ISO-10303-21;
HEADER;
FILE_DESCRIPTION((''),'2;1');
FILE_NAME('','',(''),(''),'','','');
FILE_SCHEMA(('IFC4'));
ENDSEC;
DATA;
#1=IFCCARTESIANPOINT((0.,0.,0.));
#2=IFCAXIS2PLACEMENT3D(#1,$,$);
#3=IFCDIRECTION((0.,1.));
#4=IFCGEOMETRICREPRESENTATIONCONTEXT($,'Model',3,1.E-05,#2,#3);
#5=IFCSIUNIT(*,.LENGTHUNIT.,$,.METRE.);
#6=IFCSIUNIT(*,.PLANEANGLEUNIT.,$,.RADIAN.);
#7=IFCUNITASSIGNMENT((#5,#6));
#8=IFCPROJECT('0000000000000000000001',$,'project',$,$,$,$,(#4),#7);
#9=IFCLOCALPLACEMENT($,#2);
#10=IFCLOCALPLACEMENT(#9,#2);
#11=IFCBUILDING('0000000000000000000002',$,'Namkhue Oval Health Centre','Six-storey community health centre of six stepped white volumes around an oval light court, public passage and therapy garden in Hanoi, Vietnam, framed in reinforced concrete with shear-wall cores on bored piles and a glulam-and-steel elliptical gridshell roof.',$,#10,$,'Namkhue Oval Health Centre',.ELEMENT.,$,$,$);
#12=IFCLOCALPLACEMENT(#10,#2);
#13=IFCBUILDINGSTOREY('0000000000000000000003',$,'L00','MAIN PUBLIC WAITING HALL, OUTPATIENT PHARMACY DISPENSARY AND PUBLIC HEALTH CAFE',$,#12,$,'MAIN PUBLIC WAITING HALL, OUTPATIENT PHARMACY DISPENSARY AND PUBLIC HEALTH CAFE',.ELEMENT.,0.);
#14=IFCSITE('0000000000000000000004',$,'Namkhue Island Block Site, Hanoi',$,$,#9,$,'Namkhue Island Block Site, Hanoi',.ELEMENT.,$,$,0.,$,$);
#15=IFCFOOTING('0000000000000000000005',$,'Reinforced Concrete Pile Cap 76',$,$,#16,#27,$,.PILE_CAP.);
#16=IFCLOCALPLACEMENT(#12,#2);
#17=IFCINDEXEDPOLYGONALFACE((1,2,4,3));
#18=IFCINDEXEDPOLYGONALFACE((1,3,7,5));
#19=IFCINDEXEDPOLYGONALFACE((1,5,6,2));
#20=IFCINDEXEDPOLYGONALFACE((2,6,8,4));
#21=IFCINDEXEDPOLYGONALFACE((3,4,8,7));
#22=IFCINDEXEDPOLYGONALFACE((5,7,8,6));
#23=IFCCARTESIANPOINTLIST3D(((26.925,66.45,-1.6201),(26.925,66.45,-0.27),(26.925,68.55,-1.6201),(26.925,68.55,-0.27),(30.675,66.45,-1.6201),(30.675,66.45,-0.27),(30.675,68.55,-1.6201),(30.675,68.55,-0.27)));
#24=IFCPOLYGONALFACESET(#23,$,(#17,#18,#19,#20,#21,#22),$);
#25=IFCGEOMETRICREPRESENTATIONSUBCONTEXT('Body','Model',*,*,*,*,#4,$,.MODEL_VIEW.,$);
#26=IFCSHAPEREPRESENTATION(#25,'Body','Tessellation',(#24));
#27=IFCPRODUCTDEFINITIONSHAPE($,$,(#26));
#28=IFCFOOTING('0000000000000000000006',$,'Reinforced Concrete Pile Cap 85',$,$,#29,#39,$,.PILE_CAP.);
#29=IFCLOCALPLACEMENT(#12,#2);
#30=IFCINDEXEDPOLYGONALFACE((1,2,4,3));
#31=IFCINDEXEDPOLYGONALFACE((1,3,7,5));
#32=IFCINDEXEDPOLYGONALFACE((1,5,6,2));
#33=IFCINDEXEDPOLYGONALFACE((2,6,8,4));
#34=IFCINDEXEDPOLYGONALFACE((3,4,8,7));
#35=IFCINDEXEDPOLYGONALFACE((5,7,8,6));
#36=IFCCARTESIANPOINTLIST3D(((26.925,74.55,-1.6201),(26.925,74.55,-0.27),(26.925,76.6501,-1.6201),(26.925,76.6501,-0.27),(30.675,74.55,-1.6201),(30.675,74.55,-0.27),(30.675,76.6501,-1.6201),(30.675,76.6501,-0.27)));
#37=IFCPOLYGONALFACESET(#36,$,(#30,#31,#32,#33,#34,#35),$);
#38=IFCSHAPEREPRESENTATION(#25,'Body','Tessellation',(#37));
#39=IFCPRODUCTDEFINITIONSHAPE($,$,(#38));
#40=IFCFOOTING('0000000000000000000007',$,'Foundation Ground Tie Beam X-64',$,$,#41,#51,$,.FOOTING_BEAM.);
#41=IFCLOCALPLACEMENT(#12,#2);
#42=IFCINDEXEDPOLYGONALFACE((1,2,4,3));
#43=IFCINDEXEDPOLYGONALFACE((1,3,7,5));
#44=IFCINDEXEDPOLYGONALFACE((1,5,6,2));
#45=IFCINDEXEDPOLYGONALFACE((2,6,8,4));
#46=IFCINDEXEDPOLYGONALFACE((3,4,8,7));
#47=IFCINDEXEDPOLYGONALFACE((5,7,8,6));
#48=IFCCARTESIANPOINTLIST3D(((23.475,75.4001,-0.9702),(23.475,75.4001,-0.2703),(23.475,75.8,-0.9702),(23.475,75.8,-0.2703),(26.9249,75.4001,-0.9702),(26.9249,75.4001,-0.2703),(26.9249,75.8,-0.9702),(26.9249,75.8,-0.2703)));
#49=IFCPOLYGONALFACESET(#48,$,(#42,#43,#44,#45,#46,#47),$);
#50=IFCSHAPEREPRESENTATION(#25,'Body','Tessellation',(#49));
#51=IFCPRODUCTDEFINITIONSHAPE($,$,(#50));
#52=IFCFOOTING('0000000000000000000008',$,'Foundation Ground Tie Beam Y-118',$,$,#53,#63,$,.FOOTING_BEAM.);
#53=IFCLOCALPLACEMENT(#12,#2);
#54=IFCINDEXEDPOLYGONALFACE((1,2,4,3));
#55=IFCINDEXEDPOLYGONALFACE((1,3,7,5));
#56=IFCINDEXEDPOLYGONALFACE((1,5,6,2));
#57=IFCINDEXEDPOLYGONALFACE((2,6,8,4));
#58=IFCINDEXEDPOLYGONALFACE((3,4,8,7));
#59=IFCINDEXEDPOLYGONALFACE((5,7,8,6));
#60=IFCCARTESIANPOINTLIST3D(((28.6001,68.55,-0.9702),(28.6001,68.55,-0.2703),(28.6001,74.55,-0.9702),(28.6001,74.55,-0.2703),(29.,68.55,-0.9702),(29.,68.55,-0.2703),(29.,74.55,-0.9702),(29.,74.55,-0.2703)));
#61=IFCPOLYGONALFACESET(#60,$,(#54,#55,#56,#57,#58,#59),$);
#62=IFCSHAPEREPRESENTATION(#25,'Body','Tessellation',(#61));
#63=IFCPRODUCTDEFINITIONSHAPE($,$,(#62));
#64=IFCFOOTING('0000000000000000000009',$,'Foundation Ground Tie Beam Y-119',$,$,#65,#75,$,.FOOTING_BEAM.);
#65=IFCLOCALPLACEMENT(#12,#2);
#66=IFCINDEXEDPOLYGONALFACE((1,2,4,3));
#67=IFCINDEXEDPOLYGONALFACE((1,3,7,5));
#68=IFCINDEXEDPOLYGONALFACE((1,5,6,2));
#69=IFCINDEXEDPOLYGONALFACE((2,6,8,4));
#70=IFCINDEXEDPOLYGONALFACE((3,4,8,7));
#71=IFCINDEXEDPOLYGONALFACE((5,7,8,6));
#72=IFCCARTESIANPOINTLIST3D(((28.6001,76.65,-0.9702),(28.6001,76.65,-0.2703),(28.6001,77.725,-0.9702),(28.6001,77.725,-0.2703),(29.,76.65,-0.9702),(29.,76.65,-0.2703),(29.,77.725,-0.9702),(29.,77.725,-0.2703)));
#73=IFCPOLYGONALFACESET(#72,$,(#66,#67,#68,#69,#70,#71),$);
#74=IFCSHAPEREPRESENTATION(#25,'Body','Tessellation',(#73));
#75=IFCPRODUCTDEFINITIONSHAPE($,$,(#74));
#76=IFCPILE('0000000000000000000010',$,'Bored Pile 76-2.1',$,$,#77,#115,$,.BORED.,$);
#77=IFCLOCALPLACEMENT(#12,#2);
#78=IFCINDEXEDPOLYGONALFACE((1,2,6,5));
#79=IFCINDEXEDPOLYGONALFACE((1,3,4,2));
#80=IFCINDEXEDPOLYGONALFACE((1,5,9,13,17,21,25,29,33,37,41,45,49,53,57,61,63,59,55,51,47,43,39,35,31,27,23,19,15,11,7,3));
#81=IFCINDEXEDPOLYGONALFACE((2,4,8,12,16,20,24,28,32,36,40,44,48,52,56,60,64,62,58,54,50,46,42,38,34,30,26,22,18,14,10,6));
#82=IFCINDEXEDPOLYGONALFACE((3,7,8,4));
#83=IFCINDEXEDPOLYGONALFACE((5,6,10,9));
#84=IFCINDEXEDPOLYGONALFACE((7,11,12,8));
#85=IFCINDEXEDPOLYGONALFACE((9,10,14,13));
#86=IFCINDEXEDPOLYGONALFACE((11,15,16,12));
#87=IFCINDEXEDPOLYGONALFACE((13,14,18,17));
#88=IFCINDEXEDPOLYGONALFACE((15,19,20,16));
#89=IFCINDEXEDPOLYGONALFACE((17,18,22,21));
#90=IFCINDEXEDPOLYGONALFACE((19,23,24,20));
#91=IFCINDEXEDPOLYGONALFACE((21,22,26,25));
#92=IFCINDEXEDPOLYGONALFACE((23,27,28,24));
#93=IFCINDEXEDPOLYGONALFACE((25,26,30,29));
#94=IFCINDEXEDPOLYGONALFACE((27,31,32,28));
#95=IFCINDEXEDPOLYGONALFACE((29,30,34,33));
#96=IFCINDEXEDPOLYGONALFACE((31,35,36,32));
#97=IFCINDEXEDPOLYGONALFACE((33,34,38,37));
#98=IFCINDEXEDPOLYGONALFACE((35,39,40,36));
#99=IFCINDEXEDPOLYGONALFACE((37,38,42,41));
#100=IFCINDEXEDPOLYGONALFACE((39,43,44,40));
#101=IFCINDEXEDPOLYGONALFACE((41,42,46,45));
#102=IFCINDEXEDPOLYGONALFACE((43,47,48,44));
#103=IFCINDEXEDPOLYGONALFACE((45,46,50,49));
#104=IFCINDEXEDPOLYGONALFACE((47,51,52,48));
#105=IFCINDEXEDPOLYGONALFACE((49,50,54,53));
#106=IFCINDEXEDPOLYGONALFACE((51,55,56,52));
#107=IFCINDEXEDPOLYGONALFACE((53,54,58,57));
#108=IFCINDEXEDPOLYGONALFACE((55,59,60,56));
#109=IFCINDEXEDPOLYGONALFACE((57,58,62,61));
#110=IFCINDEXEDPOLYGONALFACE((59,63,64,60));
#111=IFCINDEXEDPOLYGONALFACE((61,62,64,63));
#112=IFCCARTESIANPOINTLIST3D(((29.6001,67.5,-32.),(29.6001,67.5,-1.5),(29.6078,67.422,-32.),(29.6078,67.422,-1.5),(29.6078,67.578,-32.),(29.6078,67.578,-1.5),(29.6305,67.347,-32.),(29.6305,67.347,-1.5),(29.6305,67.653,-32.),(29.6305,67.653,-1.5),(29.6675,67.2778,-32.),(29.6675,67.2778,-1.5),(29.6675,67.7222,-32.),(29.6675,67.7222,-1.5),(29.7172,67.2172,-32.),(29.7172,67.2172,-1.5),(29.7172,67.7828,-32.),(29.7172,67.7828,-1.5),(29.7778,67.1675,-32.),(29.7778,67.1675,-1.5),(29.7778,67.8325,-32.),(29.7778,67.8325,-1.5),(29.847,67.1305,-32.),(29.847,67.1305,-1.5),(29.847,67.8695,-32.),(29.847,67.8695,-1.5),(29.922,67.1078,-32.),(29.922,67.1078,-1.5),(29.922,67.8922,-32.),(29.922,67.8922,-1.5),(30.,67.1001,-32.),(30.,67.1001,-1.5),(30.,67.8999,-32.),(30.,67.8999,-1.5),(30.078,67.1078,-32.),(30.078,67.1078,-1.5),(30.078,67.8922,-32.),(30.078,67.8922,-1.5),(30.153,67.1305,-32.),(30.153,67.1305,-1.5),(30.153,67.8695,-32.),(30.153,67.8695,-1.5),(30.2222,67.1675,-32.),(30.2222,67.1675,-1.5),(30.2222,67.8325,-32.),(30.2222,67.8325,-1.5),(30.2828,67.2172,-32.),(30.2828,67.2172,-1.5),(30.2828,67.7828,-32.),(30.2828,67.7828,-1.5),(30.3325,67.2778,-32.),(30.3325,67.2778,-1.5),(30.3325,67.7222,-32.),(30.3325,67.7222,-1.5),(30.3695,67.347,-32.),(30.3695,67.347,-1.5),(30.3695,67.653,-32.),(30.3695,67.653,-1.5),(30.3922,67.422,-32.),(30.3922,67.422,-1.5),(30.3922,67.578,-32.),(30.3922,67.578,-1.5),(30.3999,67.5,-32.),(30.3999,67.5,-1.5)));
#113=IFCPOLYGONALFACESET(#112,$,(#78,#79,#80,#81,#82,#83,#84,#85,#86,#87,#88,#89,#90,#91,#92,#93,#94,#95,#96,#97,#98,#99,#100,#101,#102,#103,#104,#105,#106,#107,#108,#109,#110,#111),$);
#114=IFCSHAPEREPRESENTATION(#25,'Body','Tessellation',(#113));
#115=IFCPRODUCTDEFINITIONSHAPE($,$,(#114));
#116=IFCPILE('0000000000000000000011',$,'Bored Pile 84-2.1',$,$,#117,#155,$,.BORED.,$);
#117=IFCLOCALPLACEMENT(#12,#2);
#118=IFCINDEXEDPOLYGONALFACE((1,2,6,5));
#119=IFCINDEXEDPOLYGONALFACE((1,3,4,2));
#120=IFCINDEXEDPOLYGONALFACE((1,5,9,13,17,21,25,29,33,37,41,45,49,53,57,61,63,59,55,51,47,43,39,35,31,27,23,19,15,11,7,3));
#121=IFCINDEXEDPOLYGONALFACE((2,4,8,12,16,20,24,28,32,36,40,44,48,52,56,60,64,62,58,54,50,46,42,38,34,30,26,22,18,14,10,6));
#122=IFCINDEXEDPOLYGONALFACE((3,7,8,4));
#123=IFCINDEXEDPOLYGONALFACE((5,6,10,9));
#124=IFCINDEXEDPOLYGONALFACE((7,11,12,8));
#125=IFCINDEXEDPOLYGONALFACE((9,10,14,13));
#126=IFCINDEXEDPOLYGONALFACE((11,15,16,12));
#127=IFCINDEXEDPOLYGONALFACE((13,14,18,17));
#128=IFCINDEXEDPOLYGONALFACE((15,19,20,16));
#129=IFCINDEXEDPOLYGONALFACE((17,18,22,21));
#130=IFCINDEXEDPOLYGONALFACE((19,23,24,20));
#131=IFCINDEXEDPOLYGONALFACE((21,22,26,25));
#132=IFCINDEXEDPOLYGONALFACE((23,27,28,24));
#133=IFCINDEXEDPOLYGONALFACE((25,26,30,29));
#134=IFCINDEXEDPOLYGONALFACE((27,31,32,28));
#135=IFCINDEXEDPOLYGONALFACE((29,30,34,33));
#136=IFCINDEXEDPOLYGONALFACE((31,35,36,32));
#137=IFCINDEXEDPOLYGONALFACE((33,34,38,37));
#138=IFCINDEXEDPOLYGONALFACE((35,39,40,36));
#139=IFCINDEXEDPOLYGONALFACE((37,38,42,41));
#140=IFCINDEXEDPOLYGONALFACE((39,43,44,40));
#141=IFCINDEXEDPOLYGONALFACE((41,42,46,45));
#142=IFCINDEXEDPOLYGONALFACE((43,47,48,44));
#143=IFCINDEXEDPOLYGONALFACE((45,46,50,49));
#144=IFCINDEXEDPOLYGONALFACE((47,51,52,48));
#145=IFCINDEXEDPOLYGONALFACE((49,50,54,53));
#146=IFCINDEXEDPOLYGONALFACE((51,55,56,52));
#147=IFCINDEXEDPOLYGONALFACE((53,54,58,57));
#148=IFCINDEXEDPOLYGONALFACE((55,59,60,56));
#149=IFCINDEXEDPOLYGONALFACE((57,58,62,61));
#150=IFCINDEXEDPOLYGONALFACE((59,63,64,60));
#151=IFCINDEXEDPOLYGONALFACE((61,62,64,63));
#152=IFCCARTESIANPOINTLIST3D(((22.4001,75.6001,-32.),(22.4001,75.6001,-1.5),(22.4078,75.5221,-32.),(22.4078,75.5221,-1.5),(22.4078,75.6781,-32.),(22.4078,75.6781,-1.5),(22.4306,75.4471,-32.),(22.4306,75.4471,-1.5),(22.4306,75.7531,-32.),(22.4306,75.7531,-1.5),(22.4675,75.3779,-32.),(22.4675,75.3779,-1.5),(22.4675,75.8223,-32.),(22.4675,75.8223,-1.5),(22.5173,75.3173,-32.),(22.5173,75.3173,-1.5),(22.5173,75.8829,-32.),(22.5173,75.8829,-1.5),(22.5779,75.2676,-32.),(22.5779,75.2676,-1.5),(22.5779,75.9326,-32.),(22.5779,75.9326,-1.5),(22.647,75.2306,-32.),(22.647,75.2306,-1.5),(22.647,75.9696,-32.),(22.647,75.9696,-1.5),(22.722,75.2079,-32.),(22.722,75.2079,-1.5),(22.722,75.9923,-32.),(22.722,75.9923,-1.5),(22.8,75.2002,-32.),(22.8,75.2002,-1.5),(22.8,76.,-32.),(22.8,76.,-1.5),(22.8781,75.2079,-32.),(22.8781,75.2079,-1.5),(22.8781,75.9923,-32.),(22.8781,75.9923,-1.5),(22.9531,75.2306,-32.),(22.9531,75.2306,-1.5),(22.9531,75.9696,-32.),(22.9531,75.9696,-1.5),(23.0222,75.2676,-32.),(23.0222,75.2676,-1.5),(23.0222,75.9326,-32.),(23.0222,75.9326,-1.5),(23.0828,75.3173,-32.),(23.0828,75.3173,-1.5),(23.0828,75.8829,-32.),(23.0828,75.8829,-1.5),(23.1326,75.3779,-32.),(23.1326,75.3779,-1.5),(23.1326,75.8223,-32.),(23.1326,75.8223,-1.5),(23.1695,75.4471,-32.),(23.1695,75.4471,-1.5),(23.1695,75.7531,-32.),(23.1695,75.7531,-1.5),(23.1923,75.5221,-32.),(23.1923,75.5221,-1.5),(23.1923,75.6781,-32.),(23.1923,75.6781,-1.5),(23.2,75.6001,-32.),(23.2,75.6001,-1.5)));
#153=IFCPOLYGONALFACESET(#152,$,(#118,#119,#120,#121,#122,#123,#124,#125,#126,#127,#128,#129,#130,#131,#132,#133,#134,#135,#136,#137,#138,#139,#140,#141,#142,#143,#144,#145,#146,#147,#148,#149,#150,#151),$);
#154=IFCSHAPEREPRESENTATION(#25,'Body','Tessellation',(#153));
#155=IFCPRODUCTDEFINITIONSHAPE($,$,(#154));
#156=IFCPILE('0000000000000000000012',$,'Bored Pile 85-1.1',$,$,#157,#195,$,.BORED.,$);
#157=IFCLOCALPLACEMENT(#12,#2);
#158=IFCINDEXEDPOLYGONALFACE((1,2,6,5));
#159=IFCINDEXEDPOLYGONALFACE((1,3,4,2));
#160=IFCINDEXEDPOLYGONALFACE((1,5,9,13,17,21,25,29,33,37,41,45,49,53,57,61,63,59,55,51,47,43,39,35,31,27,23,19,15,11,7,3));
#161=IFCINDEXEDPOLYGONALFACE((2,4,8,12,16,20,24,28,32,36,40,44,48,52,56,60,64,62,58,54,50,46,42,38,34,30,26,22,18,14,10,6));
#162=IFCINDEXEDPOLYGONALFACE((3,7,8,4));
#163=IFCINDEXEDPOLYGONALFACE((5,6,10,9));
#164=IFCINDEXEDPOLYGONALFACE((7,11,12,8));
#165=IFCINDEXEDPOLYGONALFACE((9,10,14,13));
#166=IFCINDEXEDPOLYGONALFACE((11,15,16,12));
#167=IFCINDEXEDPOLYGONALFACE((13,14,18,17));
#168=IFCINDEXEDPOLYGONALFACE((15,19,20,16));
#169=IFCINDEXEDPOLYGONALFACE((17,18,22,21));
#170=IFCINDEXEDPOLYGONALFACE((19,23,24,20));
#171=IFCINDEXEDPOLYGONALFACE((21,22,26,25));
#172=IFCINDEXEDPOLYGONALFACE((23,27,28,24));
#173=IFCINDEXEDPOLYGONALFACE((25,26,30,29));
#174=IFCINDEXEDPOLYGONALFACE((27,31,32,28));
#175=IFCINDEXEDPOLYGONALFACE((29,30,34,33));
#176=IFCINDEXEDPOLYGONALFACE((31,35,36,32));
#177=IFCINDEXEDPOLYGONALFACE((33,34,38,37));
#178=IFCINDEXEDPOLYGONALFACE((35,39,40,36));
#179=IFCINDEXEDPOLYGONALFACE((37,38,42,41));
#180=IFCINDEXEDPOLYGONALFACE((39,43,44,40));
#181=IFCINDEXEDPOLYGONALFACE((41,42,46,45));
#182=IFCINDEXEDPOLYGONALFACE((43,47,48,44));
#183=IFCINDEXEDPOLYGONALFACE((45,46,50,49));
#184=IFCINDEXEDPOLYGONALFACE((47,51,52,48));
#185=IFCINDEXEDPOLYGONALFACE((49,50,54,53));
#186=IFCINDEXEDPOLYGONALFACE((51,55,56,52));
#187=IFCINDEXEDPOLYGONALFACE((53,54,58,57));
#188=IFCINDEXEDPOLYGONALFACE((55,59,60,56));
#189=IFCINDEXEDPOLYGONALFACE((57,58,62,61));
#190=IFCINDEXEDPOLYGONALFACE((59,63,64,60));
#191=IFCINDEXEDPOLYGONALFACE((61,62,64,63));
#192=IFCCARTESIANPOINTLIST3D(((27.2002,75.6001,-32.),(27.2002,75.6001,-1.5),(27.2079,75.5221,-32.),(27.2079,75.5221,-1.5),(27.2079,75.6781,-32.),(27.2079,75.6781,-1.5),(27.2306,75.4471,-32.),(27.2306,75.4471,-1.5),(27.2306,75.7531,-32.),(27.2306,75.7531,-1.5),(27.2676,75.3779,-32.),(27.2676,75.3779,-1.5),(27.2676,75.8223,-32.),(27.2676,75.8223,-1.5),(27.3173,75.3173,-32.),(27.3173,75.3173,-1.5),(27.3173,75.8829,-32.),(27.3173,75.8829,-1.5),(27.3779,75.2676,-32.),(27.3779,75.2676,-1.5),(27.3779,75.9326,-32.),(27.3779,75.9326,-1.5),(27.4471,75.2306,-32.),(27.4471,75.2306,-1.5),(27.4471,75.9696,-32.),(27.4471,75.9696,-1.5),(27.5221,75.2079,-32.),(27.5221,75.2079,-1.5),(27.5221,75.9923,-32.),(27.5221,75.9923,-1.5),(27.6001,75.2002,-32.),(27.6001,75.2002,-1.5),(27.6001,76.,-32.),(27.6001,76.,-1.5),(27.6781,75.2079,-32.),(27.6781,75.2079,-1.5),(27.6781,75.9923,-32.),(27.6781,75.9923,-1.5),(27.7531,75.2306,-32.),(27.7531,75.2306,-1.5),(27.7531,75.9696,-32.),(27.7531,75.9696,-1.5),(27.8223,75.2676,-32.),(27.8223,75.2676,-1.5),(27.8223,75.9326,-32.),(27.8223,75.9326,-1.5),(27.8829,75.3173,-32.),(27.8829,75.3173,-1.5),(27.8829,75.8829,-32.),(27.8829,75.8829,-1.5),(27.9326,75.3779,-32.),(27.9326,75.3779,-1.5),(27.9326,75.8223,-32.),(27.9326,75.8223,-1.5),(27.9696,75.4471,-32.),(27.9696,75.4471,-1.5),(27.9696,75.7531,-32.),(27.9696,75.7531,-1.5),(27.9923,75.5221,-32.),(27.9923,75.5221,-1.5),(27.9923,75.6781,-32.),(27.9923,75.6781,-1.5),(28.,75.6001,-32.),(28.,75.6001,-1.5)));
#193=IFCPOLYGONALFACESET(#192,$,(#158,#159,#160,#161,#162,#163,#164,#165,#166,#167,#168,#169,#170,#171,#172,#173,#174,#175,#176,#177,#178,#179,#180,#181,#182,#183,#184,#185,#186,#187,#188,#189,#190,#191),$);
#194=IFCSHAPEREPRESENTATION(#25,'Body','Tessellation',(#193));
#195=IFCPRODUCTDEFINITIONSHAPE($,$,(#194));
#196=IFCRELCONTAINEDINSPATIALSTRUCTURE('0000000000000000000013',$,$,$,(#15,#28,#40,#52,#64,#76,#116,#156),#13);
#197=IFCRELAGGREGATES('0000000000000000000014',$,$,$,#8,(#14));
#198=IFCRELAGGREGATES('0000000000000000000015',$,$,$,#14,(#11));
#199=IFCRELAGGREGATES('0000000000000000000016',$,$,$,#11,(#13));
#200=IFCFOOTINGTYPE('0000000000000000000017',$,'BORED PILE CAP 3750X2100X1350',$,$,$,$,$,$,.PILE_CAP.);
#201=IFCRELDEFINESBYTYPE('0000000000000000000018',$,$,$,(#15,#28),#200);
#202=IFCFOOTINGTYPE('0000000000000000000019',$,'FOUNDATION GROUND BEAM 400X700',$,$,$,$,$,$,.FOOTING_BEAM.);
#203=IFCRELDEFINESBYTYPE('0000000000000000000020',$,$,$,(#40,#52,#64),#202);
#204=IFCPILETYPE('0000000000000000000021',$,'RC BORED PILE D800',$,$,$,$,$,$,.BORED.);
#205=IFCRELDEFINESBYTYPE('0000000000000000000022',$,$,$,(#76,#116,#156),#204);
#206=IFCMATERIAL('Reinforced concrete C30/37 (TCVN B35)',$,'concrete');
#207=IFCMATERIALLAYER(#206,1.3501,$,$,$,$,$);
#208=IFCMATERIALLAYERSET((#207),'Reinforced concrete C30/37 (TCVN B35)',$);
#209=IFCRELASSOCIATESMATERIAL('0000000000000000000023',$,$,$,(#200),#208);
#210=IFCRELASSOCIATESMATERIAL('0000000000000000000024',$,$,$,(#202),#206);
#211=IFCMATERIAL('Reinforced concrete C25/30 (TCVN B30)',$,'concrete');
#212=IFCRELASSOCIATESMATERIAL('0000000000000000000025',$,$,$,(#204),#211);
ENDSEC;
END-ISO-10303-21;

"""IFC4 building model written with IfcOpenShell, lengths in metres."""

from ifc_helpers import new_model, si_unit, direction, frame, origin, origin_2d, place, context, subcontext, project, spatial, rectangle, circle, extrude, material, layer, layer_set, material_profile, profile_set, type_object, element, save


model = new_model("IFC4")

# Units and contexts
model_context = context("Model", 3, precision=1e-05, world=origin(), true_north=direction((0.0, 1.0)))
body_context = subcontext(model_context, "Body", "Model", "MODEL_VIEW")
ifc_project = project(units=[si_unit("LENGTHUNIT", "METRE"), si_unit("PLANEANGLEUNIT", "RADIAN")], contexts=[model_context])

# Site, building, storey
site_placement = place(None, origin())
site = spatial("IfcSite", under=ifc_project, at=site_placement, Name="Namkhue Island Block Site, Hanoi", LongName="Namkhue Island Block Site, Hanoi", CompositionType="ELEMENT", RefElevation=0.0)
building_placement = place(site_placement, origin())
building = spatial("IfcBuilding", under=site, at=building_placement, Name="Namkhue Oval Health Centre", Description="Six-storey community health centre of six stepped white volumes around an oval light court, public passage and therapy garden in Hanoi, Vietnam, framed in reinforced concrete with shear-wall cores on bored piles and a glulam-and-steel elliptical gridshell roof.", LongName="Namkhue Oval Health Centre", CompositionType="ELEMENT")
storey_placement = place(building_placement, origin())
storey = spatial("IfcBuildingStorey", under=building, at=storey_placement, Name="L00", Description="MAIN PUBLIC WAITING HALL, OUTPATIENT PHARMACY DISPENSARY AND PUBLIC HEALTH CAFE", LongName="MAIN PUBLIC WAITING HALL, OUTPATIENT PHARMACY DISPENSARY AND PUBLIC HEALTH CAFE", CompositionType="ELEMENT", Elevation=0.0)

# Footings
ifc_material_1 = material(Name="Reinforced concrete C30/37 (TCVN B35)", Category="concrete")
ifc_layer_1 = layer(ifc_material_1, 1.3501)
ifc_layer_set_1 = layer_set([ifc_layer_1], Name="Reinforced concrete C30/37 (TCVN B35)")
footing_type_1 = type_object("IfcFootingType", Name="BORED PILE CAP 3750X2100X1350", PredefinedType="PILE_CAP", material=ifc_layer_set_1)
for number, where, z_axis, x_axis, name in (
    (1, (28.8, 67.5, -1.6201), (0.0, 0.0, 1.0), (1.0, 0.0, 0.0), "Reinforced Concrete Pile Cap 76"),
    (2, (28.8, 75.6001, -1.6201), (0.0, 0.0, 1.0), (1.0, 0.0, 0.0), "Reinforced Concrete Pile Cap 85"),
):
    element("IfcFooting", number, at=place(storey_placement, frame(where, z_axis=z_axis, x_axis=x_axis)), inside=storey, type_object=footing_type_1, Name=name, PredefinedType="PILE_CAP", context=body_context, shape_type="SweptSolid", body=[
        extrude(rectangle(XDim=3.75, YDim=2.1001, at=origin_2d()), origin(), (0.0, 0.0, 1.0), 1.3501),
    ])
footing_type_2 = type_object("IfcFootingType", Name="FOUNDATION GROUND BEAM 400X700", PredefinedType="FOOTING_BEAM", material=ifc_material_1)
footing_1_placement = place(storey_placement, frame((25.2, 75.6001, -0.9702), z_axis=(0.0, 0.0, 1.0), x_axis=(1.0, 0.0, 0.0)))
element("IfcFooting", 3, at=footing_1_placement, inside=storey, type_object=footing_type_2, Name="Foundation Ground Tie Beam X-64", PredefinedType="FOOTING_BEAM", context=body_context, shape_type="SweptSolid", body=[
    extrude(rectangle(XDim=3.45, YDim=0.3999, at=origin_2d()), origin(), (0.0, 0.0, 1.0), 0.7),
])
footing_2_placement = place(storey_placement, frame((28.8, 71.55, -0.9702), z_axis=(0.0, 0.0, 1.0), x_axis=(0.0, 1.0, 0.0)))
element("IfcFooting", 4, at=footing_2_placement, inside=storey, type_object=footing_type_2, Name="Foundation Ground Tie Beam Y-118", PredefinedType="FOOTING_BEAM", context=body_context, shape_type="SweptSolid", body=[
    extrude(rectangle(XDim=6.0, YDim=0.3999, at=origin_2d()), origin(), (0.0, 0.0, 1.0), 0.7),
])
footing_3_placement = place(storey_placement, frame((28.8, 77.1875, -0.9702), z_axis=(0.0, 0.0, 1.0), x_axis=(0.0, 1.0, 0.0)))
element("IfcFooting", 5, at=footing_3_placement, inside=storey, type_object=footing_type_2, Name="Foundation Ground Tie Beam Y-119", PredefinedType="FOOTING_BEAM", context=body_context, shape_type="SweptSolid", body=[
    extrude(rectangle(XDim=1.075, YDim=0.3999, at=origin_2d()), origin(), (0.0, 0.0, 1.0), 0.7),
])

# Piles
ifc_material_2 = material(Name="Reinforced concrete C25/30 (TCVN B30)", Category="concrete")
ifc_material_profile_1 = material_profile(ifc_material_2, circle(Radius=0.3999, at=origin_2d()), Name="BORED PILE D800")
ifc_profile_set_1 = profile_set([ifc_material_profile_1], Name="Reinforced concrete C25/30 (TCVN B30)")
pile_type = type_object("IfcPileType", Name="RC BORED PILE D800", PredefinedType="BORED", material=ifc_profile_set_1)
for number, where, z_axis, x_axis, name in (
    (6, (30.0, 67.5, -1.5), (0.0, 0.0, -1.0), (1.0, 0.0, 0.0), "Bored Pile 76-2.1"),
    (7, (22.8, 75.6001, -1.5), (0.0, 0.0, -1.0), (1.0, 0.0, 0.0), "Bored Pile 84-2.1"),
    (8, (27.6001, 75.6001, -1.5), (0.0, 0.0, -1.0), (1.0, 0.0, 0.0), "Bored Pile 85-1.1"),
):
    element("IfcPile", number, at=place(storey_placement, frame(where, z_axis=z_axis, x_axis=x_axis)), inside=storey, type_object=pile_type, Name=name, PredefinedType="BORED", context=body_context, shape_type="SweptSolid", body=[
        extrude(circle(Radius=0.3999, at=origin_2d()), origin(), (0.0, 0.0, 1.0), 30.5),
    ])

save(model, "model.ifc")
